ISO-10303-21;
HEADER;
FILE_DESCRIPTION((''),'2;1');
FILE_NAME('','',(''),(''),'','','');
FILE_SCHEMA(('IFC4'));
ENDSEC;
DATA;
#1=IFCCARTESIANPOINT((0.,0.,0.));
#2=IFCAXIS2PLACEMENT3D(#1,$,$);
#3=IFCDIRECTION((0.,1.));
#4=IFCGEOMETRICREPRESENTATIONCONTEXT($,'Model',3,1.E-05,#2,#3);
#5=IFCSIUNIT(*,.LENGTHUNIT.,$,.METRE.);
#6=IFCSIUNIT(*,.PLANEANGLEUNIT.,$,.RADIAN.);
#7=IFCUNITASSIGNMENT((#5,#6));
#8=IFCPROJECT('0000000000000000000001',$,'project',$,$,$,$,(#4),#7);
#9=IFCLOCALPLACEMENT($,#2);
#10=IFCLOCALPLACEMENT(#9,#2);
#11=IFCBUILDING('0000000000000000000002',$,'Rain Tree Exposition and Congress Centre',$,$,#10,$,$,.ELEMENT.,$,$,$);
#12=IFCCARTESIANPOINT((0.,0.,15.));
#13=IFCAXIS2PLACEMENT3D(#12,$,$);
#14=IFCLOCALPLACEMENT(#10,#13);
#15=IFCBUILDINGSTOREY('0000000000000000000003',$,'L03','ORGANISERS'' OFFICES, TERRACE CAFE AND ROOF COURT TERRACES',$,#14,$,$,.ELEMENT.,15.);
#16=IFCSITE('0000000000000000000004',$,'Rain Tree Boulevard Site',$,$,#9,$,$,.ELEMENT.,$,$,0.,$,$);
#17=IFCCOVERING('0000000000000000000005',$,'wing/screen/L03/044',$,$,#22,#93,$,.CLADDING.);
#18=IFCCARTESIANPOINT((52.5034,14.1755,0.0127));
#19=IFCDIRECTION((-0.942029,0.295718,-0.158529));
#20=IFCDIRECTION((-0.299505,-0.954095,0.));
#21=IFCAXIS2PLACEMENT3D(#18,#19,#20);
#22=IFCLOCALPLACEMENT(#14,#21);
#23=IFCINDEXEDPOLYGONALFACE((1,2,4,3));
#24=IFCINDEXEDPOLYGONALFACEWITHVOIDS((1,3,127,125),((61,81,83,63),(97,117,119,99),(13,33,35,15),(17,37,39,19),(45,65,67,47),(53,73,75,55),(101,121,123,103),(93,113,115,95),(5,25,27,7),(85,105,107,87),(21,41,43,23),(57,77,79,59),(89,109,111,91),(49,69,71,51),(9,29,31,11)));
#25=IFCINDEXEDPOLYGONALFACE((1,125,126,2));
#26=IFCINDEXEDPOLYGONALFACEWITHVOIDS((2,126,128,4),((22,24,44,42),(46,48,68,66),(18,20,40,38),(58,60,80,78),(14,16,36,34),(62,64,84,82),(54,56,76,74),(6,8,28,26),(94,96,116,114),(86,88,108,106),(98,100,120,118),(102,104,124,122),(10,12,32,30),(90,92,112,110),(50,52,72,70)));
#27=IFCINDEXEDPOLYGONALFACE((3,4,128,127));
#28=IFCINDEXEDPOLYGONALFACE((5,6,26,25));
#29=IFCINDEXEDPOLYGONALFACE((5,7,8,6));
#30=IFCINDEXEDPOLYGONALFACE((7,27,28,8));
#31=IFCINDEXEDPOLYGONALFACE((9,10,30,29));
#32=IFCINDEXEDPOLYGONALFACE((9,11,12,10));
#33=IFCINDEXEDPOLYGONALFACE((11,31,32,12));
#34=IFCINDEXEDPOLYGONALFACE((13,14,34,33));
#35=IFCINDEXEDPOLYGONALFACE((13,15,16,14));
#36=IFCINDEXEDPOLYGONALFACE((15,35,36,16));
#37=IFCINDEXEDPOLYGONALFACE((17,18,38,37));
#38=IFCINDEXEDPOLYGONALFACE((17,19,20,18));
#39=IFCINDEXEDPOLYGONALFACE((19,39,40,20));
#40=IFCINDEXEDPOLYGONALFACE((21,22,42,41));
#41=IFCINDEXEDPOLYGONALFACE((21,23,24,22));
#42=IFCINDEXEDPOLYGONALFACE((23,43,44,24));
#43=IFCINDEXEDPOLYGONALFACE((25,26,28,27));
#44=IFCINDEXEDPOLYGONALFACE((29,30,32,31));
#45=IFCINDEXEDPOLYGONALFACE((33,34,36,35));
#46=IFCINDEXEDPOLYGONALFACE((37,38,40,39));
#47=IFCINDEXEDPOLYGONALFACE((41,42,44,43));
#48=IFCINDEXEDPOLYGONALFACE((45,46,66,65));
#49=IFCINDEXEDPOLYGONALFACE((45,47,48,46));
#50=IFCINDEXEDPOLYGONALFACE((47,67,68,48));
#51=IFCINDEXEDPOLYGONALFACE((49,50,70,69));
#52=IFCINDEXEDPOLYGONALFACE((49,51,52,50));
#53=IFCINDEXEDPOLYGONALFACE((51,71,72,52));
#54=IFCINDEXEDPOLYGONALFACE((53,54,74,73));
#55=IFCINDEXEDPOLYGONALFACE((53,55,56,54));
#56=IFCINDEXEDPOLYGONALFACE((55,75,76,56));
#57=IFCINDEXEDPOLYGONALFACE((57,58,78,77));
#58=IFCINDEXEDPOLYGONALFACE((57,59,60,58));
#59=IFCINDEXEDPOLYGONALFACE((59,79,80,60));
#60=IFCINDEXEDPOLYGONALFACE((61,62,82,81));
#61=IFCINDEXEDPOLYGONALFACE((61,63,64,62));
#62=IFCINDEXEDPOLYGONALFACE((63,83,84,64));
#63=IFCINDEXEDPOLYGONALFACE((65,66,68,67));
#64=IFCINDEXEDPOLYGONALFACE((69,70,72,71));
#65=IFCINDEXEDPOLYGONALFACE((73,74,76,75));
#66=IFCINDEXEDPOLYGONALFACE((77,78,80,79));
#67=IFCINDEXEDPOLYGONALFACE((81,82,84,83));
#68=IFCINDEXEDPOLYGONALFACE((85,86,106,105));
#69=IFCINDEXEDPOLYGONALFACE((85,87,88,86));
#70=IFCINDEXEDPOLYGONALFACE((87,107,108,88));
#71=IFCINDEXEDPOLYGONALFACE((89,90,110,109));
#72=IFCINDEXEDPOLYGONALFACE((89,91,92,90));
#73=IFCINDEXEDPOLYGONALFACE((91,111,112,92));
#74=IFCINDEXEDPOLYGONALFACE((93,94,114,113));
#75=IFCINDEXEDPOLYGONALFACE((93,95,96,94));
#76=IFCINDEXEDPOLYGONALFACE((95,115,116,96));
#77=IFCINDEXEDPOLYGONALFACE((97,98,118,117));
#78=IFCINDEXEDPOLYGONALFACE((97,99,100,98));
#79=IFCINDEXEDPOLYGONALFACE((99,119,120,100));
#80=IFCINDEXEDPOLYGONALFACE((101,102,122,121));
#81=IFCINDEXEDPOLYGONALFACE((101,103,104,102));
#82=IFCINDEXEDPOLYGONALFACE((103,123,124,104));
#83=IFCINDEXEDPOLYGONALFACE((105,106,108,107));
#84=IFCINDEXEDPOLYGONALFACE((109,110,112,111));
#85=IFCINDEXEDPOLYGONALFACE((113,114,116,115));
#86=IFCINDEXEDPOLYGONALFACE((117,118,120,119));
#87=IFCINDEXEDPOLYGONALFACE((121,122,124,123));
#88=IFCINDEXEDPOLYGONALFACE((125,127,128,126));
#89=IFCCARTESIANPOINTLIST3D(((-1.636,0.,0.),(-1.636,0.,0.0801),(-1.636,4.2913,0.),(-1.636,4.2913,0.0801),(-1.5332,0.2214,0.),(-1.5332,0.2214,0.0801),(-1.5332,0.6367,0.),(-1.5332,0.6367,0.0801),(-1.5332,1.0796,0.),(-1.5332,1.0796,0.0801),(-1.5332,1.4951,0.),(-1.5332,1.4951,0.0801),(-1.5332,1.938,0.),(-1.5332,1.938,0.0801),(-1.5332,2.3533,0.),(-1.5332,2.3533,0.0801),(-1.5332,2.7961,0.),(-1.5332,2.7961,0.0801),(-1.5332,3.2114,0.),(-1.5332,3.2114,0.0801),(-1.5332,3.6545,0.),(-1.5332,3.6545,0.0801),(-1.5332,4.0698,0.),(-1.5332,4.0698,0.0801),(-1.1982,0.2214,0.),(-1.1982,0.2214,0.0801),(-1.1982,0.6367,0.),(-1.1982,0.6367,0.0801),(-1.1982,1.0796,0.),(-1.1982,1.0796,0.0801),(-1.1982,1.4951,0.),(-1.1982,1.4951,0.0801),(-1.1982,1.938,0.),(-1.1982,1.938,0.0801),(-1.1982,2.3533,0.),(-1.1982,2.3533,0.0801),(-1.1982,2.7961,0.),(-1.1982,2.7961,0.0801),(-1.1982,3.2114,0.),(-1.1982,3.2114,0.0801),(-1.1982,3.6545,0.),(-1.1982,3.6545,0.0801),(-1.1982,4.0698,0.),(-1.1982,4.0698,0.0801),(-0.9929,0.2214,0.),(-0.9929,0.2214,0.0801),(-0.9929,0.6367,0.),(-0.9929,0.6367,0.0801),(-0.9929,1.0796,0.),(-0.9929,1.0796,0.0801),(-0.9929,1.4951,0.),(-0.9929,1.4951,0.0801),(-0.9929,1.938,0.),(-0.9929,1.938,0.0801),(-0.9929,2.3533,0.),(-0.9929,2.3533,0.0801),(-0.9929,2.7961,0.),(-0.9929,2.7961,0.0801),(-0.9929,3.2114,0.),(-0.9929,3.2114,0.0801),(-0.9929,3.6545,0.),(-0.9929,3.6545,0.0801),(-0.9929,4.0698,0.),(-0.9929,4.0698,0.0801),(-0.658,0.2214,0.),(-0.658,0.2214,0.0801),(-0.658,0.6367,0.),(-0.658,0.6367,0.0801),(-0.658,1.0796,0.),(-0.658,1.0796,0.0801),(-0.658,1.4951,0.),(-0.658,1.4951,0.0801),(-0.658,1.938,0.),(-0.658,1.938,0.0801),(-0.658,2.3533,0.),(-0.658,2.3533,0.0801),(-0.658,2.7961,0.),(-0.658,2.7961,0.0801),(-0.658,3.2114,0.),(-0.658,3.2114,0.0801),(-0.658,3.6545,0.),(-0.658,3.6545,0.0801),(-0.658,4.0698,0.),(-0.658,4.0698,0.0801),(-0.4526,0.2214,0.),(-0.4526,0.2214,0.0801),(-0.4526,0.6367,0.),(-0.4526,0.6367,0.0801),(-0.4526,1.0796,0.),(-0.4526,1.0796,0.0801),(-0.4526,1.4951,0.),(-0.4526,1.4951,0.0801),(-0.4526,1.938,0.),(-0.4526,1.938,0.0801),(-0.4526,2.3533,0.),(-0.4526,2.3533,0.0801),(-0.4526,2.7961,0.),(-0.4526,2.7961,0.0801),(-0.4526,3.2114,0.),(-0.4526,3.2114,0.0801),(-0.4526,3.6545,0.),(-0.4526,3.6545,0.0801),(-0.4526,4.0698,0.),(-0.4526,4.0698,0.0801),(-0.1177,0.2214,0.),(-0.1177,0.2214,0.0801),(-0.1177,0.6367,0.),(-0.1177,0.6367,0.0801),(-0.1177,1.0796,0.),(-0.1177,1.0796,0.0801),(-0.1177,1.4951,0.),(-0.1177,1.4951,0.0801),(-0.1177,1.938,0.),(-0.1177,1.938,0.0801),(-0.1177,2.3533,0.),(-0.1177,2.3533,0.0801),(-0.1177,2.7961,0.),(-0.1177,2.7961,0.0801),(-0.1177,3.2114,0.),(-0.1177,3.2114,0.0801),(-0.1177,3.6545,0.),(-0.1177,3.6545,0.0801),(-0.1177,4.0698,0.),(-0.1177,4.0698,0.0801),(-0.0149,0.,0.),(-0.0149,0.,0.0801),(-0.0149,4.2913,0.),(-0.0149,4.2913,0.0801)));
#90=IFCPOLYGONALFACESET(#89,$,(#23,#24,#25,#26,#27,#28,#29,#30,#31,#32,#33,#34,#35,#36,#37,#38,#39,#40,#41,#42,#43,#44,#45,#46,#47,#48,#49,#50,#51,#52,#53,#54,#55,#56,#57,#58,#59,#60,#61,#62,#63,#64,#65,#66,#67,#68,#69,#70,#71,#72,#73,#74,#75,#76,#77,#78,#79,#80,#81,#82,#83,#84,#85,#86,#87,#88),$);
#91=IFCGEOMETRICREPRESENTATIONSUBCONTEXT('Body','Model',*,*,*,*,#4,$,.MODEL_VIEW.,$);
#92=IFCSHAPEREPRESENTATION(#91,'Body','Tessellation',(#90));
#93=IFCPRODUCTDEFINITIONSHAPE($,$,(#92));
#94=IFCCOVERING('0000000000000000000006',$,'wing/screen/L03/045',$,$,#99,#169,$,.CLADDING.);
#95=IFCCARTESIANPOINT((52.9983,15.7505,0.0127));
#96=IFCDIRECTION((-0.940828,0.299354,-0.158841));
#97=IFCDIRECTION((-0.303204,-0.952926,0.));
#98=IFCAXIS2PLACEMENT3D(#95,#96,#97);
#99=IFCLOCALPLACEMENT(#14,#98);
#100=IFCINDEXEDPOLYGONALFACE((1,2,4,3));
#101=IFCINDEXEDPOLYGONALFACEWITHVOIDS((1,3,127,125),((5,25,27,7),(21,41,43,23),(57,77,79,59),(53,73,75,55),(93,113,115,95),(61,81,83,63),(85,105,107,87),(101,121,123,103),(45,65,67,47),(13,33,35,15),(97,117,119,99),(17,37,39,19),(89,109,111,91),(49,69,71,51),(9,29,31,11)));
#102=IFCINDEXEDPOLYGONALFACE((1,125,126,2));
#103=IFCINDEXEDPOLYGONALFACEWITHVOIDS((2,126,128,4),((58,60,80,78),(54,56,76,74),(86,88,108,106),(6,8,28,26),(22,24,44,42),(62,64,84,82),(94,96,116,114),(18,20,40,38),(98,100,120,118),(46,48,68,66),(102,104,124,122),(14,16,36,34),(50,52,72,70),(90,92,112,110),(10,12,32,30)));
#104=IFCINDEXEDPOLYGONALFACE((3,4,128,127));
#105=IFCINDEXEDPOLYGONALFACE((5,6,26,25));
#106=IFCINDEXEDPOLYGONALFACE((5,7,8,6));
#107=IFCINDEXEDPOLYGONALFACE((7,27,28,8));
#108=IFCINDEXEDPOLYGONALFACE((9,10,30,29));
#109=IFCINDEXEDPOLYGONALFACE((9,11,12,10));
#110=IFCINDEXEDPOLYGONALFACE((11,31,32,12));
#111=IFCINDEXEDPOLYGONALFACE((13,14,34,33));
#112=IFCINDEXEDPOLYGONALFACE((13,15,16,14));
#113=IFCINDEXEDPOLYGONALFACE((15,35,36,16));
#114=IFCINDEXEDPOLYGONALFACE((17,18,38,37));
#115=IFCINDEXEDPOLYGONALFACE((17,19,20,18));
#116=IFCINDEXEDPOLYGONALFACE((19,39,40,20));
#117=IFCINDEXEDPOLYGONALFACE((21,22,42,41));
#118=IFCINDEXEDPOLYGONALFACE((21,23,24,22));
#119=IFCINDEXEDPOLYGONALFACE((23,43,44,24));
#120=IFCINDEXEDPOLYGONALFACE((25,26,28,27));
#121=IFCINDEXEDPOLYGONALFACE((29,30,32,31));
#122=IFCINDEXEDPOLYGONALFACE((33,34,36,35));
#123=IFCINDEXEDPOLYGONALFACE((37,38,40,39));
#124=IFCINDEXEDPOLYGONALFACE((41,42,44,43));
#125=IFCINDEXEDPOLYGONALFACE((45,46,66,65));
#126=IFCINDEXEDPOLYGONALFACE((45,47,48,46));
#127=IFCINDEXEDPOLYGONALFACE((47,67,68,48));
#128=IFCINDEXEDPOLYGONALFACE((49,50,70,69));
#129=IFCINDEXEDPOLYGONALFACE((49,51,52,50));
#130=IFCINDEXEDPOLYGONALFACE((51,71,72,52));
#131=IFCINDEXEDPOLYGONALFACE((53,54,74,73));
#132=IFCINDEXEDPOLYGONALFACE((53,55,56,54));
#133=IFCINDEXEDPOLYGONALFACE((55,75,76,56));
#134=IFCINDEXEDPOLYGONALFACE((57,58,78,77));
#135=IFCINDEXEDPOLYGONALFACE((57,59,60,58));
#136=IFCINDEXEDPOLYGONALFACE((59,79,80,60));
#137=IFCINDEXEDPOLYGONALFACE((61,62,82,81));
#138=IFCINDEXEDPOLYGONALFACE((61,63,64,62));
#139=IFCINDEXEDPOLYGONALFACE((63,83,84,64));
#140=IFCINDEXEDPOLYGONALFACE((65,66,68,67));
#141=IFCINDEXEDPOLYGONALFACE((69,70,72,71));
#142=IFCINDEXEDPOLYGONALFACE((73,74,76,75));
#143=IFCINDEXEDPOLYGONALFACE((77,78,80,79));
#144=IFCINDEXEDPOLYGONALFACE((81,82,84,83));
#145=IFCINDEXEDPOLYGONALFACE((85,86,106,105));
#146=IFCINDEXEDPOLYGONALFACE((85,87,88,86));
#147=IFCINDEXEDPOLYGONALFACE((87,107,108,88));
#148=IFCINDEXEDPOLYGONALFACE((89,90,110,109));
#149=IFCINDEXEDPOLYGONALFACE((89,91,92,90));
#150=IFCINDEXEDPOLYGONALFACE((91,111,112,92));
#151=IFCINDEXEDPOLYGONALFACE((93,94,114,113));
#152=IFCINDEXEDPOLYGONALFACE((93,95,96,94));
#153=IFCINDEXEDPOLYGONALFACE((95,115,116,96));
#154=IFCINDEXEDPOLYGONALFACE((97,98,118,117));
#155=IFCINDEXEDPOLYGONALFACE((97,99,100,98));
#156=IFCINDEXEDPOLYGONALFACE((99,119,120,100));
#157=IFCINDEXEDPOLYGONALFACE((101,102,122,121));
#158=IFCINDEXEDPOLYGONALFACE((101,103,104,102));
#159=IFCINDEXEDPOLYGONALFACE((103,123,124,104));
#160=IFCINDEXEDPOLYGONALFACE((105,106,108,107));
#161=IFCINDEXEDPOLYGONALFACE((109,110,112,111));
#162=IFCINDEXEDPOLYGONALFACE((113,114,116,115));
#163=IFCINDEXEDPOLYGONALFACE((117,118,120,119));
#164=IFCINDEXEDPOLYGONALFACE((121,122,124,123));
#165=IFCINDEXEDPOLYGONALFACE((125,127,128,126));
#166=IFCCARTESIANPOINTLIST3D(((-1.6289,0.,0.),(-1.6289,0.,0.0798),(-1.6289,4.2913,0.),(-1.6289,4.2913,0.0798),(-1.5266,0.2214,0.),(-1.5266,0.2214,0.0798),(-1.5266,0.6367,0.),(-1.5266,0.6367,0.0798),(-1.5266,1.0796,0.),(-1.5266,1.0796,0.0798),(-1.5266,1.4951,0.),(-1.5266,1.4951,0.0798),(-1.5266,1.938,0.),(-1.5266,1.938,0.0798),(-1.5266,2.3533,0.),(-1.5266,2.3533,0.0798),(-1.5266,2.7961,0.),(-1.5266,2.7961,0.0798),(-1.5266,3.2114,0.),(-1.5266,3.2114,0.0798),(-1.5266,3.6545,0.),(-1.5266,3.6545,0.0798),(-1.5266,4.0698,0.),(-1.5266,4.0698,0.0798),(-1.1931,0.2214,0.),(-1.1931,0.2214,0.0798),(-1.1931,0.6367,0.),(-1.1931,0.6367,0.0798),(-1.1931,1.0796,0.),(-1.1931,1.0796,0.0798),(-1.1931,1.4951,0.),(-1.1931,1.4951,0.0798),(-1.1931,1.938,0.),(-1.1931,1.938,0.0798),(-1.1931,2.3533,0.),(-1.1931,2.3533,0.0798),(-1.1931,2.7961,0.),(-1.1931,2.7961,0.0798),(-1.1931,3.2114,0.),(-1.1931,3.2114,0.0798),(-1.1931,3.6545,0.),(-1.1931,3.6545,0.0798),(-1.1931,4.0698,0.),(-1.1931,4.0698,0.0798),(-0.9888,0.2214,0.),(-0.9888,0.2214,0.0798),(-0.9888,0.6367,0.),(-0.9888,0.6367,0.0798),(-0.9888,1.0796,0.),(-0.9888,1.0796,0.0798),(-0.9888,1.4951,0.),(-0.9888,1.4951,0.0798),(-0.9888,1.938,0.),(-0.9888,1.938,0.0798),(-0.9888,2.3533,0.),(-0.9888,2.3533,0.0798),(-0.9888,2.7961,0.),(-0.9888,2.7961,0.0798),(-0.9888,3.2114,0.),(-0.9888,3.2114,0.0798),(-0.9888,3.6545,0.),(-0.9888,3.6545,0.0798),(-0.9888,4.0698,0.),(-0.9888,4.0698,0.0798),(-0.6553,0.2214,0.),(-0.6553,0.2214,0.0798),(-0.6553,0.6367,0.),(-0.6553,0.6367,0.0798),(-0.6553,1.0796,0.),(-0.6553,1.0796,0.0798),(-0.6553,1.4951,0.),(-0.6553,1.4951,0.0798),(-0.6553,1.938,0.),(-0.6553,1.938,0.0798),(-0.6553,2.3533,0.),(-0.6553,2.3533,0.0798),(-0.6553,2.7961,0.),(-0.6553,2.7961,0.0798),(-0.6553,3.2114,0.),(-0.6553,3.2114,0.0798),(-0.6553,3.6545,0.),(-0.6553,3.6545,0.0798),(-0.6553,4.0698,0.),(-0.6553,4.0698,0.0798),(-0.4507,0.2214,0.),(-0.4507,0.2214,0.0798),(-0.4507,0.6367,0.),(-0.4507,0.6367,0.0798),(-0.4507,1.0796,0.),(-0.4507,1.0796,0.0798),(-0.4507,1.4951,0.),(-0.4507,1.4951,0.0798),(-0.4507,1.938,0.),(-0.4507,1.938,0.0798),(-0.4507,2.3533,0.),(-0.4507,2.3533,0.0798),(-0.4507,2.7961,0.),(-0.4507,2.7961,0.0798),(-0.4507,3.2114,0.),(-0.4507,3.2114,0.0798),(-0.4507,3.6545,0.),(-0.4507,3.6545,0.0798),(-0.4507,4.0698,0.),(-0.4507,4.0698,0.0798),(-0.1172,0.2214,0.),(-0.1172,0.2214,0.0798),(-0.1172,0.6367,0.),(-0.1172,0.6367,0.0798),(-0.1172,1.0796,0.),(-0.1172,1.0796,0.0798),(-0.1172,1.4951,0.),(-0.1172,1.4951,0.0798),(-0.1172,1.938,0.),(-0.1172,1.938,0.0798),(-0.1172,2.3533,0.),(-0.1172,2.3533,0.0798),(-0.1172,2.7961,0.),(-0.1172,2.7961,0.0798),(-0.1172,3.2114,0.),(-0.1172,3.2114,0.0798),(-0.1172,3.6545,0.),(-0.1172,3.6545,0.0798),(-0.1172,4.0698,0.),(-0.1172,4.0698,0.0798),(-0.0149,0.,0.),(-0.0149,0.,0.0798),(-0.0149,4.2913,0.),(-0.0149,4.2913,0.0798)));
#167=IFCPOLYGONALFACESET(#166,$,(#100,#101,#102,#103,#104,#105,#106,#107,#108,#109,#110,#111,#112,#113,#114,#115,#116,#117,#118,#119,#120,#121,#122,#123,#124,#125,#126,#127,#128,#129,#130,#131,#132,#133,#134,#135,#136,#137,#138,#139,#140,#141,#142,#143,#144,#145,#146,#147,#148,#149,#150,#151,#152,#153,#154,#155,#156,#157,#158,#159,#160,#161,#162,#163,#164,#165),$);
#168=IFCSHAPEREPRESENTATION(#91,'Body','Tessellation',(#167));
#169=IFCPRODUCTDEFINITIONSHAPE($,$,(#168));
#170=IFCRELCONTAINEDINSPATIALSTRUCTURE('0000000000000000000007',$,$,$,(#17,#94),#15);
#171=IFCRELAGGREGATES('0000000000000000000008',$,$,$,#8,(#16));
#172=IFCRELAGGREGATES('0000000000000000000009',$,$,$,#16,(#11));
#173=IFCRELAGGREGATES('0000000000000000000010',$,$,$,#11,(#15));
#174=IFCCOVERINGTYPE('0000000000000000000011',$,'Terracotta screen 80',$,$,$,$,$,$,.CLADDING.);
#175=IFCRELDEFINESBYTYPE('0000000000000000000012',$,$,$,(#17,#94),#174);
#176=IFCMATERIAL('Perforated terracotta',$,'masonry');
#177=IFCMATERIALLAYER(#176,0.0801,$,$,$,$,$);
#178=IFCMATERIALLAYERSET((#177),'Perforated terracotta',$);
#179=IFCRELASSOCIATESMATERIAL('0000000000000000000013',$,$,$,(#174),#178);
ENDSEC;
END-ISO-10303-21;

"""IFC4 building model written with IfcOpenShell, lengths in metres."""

from ifc_helpers import new_model, si_unit, direction, frame, origin, place, context, subcontext, project, spatial, polyline, outline, extrude, material, layer, layer_set, type_object, element, save


model = new_model("IFC4")

# Units and contexts
model_context = context("Model", 3, precision=1e-05, world=origin(), true_north=direction((0.0, 1.0)))
body_context = subcontext(model_context, "Body", "Model", "MODEL_VIEW")
ifc_project = project(units=[si_unit("LENGTHUNIT", "METRE"), si_unit("PLANEANGLEUNIT", "RADIAN")], contexts=[model_context])

# Site, building, storey
site_placement = place(None, origin())
site = spatial("IfcSite", under=ifc_project, at=site_placement, Name="Rain Tree Boulevard Site", CompositionType="ELEMENT", RefElevation=0.0)
building_placement = place(site_placement, origin())
building = spatial("IfcBuilding", under=site, at=building_placement, Name="Rain Tree Exposition and Congress Centre", CompositionType="ELEMENT")
storey_placement = place(building_placement, frame((0.0, 0.0, 15.0)))
storey = spatial("IfcBuildingStorey", under=building, at=storey_placement, Name="L03", Description="ORGANISERS' OFFICES, TERRACE CAFE AND ROOF COURT TERRACES", CompositionType="ELEMENT", Elevation=15.0)

# Coverings
ifc_material_1 = material(Name="Perforated terracotta", Category="masonry")
ifc_layer = layer(ifc_material_1, 0.0801)
ifc_layer_set = layer_set([ifc_layer], Name="Perforated terracotta")
covering_type = type_object("IfcCoveringType", Name="Terracotta screen 80", PredefinedType="CLADDING", material=ifc_layer_set)
covering_1_placement = place(storey_placement, frame((52.5034, 14.1755, 0.0127), z_axis=(-0.942029, 0.295718, -0.158529), x_axis=(-0.299505, -0.954095, 0.0)))
element("IfcCovering", 1, at=covering_1_placement, inside=storey, type_object=covering_type, Name="wing/screen/L03/044", PredefinedType="CLADDING", context=body_context, shape_type="SweptSolid", body=[
    extrude(outline(polyline([(-1.636, 0.0), (-1.636, 4.2913), (-0.0149, 4.2913), (-0.0149, 0.0), (-1.636, 0.0)]), holes=[polyline([(-0.1177, 0.2214), (-0.1177, 0.6367), (-0.4526, 0.6367), (-0.4526, 0.2214), (-0.1177, 0.2214)]), polyline([(-0.1177, 1.0796), (-0.1177, 1.4951), (-0.4526, 1.4951), (-0.4526, 1.0796), (-0.1177, 1.0796)]), polyline([(-0.1177, 1.938), (-0.1177, 2.3533), (-0.4526, 2.3533), (-0.4526, 1.938), (-0.1177, 1.938)]), polyline([(-0.1177, 2.7961), (-0.1177, 3.2114), (-0.4526, 3.2114), (-0.4526, 2.7961), (-0.1177, 2.7961)]), polyline([(-0.1177, 3.6545), (-0.1177, 4.0698), (-0.4526, 4.0698), (-0.4526, 3.6545), (-0.1177, 3.6545)]), polyline([(-0.658, 0.2214), (-0.658, 0.6367), (-0.9929, 0.6367), (-0.9929, 0.2214), (-0.658, 0.2214)]), polyline([(-0.658, 1.0796), (-0.658, 1.4951), (-0.9929, 1.4951), (-0.9929, 1.0796), (-0.658, 1.0796)]), polyline([(-0.658, 1.938), (-0.658, 2.3533), (-0.9929, 2.3533), (-0.9929, 1.938), (-0.658, 1.938)]), polyline([(-0.658, 2.7961), (-0.658, 3.2114), (-0.9929, 3.2114), (-0.9929, 2.7961), (-0.658, 2.7961)]), polyline([(-0.658, 3.6545), (-0.658, 4.0698), (-0.9929, 4.0698), (-0.9929, 3.6545), (-0.658, 3.6545)]), polyline([(-1.1982, 0.2214), (-1.1982, 0.6367), (-1.5332, 0.6367), (-1.5332, 0.2214), (-1.1982, 0.2214)]), polyline([(-1.1982, 1.0796), (-1.1982, 1.4951), (-1.5332, 1.4951), (-1.5332, 1.0796), (-1.1982, 1.0796)]), polyline([(-1.1982, 1.938), (-1.1982, 2.3533), (-1.5332, 2.3533), (-1.5332, 1.938), (-1.1982, 1.938)]), polyline([(-1.1982, 2.7961), (-1.1982, 3.2114), (-1.5332, 3.2114), (-1.5332, 2.7961), (-1.1982, 2.7961)]), polyline([(-1.1982, 3.6545), (-1.1982, 4.0698), (-1.5332, 4.0698), (-1.5332, 3.6545), (-1.1982, 3.6545)])]), origin(), (0.0, 0.0, 1.0), 0.0801),
])
covering_2_placement = place(storey_placement, frame((52.9983, 15.7505, 0.0127), z_axis=(-0.940828, 0.299354, -0.158841), x_axis=(-0.303204, -0.952926, 0.0)))
element("IfcCovering", 2, at=covering_2_placement, inside=storey, type_object=covering_type, Name="wing/screen/L03/045", PredefinedType="CLADDING", context=body_context, shape_type="SweptSolid", body=[
    extrude(outline(polyline([(-1.6289, 0.0), (-1.6289, 4.2913), (-0.0149, 4.2913), (-0.0149, 0.0), (-1.6289, 0.0)]), holes=[polyline([(-0.1172, 0.2214), (-0.1172, 0.6367), (-0.4507, 0.6367), (-0.4507, 0.2214), (-0.1172, 0.2214)]), polyline([(-0.1172, 1.0796), (-0.1172, 1.4951), (-0.4507, 1.4951), (-0.4507, 1.0796), (-0.1172, 1.0796)]), polyline([(-0.1172, 1.938), (-0.1172, 2.3533), (-0.4507, 2.3533), (-0.4507, 1.938), (-0.1172, 1.938)]), polyline([(-0.1172, 2.7961), (-0.1172, 3.2114), (-0.4507, 3.2114), (-0.4507, 2.7961), (-0.1172, 2.7961)]), polyline([(-0.1172, 3.6545), (-0.1172, 4.0698), (-0.4507, 4.0698), (-0.4507, 3.6545), (-0.1172, 3.6545)]), polyline([(-0.6553, 0.2214), (-0.6553, 0.6367), (-0.9888, 0.6367), (-0.9888, 0.2214), (-0.6553, 0.2214)]), polyline([(-0.6553, 1.0796), (-0.6553, 1.4951), (-0.9888, 1.4951), (-0.9888, 1.0796), (-0.6553, 1.0796)]), polyline([(-0.6553, 1.938), (-0.6553, 2.3533), (-0.9888, 2.3533), (-0.9888, 1.938), (-0.6553, 1.938)]), polyline([(-0.6553, 2.7961), (-0.6553, 3.2114), (-0.9888, 3.2114), (-0.9888, 2.7961), (-0.6553, 2.7961)]), polyline([(-0.6553, 3.6545), (-0.6553, 4.0698), (-0.9888, 4.0698), (-0.9888, 3.6545), (-0.6553, 3.6545)]), polyline([(-1.1931, 0.2214), (-1.1931, 0.6367), (-1.5266, 0.6367), (-1.5266, 0.2214), (-1.1931, 0.2214)]), polyline([(-1.1931, 1.0796), (-1.1931, 1.4951), (-1.5266, 1.4951), (-1.5266, 1.0796), (-1.1931, 1.0796)]), polyline([(-1.1931, 1.938), (-1.1931, 2.3533), (-1.5266, 2.3533), (-1.5266, 1.938), (-1.1931, 1.938)]), polyline([(-1.1931, 2.7961), (-1.1931, 3.2114), (-1.5266, 3.2114), (-1.5266, 2.7961), (-1.1931, 2.7961)]), polyline([(-1.1931, 3.6545), (-1.1931, 4.0698), (-1.5266, 4.0698), (-1.5266, 3.6545), (-1.1931, 3.6545)])]), origin(), (0.0, 0.0, 1.0), 0.0798),
])

save(model, "model.ifc")
